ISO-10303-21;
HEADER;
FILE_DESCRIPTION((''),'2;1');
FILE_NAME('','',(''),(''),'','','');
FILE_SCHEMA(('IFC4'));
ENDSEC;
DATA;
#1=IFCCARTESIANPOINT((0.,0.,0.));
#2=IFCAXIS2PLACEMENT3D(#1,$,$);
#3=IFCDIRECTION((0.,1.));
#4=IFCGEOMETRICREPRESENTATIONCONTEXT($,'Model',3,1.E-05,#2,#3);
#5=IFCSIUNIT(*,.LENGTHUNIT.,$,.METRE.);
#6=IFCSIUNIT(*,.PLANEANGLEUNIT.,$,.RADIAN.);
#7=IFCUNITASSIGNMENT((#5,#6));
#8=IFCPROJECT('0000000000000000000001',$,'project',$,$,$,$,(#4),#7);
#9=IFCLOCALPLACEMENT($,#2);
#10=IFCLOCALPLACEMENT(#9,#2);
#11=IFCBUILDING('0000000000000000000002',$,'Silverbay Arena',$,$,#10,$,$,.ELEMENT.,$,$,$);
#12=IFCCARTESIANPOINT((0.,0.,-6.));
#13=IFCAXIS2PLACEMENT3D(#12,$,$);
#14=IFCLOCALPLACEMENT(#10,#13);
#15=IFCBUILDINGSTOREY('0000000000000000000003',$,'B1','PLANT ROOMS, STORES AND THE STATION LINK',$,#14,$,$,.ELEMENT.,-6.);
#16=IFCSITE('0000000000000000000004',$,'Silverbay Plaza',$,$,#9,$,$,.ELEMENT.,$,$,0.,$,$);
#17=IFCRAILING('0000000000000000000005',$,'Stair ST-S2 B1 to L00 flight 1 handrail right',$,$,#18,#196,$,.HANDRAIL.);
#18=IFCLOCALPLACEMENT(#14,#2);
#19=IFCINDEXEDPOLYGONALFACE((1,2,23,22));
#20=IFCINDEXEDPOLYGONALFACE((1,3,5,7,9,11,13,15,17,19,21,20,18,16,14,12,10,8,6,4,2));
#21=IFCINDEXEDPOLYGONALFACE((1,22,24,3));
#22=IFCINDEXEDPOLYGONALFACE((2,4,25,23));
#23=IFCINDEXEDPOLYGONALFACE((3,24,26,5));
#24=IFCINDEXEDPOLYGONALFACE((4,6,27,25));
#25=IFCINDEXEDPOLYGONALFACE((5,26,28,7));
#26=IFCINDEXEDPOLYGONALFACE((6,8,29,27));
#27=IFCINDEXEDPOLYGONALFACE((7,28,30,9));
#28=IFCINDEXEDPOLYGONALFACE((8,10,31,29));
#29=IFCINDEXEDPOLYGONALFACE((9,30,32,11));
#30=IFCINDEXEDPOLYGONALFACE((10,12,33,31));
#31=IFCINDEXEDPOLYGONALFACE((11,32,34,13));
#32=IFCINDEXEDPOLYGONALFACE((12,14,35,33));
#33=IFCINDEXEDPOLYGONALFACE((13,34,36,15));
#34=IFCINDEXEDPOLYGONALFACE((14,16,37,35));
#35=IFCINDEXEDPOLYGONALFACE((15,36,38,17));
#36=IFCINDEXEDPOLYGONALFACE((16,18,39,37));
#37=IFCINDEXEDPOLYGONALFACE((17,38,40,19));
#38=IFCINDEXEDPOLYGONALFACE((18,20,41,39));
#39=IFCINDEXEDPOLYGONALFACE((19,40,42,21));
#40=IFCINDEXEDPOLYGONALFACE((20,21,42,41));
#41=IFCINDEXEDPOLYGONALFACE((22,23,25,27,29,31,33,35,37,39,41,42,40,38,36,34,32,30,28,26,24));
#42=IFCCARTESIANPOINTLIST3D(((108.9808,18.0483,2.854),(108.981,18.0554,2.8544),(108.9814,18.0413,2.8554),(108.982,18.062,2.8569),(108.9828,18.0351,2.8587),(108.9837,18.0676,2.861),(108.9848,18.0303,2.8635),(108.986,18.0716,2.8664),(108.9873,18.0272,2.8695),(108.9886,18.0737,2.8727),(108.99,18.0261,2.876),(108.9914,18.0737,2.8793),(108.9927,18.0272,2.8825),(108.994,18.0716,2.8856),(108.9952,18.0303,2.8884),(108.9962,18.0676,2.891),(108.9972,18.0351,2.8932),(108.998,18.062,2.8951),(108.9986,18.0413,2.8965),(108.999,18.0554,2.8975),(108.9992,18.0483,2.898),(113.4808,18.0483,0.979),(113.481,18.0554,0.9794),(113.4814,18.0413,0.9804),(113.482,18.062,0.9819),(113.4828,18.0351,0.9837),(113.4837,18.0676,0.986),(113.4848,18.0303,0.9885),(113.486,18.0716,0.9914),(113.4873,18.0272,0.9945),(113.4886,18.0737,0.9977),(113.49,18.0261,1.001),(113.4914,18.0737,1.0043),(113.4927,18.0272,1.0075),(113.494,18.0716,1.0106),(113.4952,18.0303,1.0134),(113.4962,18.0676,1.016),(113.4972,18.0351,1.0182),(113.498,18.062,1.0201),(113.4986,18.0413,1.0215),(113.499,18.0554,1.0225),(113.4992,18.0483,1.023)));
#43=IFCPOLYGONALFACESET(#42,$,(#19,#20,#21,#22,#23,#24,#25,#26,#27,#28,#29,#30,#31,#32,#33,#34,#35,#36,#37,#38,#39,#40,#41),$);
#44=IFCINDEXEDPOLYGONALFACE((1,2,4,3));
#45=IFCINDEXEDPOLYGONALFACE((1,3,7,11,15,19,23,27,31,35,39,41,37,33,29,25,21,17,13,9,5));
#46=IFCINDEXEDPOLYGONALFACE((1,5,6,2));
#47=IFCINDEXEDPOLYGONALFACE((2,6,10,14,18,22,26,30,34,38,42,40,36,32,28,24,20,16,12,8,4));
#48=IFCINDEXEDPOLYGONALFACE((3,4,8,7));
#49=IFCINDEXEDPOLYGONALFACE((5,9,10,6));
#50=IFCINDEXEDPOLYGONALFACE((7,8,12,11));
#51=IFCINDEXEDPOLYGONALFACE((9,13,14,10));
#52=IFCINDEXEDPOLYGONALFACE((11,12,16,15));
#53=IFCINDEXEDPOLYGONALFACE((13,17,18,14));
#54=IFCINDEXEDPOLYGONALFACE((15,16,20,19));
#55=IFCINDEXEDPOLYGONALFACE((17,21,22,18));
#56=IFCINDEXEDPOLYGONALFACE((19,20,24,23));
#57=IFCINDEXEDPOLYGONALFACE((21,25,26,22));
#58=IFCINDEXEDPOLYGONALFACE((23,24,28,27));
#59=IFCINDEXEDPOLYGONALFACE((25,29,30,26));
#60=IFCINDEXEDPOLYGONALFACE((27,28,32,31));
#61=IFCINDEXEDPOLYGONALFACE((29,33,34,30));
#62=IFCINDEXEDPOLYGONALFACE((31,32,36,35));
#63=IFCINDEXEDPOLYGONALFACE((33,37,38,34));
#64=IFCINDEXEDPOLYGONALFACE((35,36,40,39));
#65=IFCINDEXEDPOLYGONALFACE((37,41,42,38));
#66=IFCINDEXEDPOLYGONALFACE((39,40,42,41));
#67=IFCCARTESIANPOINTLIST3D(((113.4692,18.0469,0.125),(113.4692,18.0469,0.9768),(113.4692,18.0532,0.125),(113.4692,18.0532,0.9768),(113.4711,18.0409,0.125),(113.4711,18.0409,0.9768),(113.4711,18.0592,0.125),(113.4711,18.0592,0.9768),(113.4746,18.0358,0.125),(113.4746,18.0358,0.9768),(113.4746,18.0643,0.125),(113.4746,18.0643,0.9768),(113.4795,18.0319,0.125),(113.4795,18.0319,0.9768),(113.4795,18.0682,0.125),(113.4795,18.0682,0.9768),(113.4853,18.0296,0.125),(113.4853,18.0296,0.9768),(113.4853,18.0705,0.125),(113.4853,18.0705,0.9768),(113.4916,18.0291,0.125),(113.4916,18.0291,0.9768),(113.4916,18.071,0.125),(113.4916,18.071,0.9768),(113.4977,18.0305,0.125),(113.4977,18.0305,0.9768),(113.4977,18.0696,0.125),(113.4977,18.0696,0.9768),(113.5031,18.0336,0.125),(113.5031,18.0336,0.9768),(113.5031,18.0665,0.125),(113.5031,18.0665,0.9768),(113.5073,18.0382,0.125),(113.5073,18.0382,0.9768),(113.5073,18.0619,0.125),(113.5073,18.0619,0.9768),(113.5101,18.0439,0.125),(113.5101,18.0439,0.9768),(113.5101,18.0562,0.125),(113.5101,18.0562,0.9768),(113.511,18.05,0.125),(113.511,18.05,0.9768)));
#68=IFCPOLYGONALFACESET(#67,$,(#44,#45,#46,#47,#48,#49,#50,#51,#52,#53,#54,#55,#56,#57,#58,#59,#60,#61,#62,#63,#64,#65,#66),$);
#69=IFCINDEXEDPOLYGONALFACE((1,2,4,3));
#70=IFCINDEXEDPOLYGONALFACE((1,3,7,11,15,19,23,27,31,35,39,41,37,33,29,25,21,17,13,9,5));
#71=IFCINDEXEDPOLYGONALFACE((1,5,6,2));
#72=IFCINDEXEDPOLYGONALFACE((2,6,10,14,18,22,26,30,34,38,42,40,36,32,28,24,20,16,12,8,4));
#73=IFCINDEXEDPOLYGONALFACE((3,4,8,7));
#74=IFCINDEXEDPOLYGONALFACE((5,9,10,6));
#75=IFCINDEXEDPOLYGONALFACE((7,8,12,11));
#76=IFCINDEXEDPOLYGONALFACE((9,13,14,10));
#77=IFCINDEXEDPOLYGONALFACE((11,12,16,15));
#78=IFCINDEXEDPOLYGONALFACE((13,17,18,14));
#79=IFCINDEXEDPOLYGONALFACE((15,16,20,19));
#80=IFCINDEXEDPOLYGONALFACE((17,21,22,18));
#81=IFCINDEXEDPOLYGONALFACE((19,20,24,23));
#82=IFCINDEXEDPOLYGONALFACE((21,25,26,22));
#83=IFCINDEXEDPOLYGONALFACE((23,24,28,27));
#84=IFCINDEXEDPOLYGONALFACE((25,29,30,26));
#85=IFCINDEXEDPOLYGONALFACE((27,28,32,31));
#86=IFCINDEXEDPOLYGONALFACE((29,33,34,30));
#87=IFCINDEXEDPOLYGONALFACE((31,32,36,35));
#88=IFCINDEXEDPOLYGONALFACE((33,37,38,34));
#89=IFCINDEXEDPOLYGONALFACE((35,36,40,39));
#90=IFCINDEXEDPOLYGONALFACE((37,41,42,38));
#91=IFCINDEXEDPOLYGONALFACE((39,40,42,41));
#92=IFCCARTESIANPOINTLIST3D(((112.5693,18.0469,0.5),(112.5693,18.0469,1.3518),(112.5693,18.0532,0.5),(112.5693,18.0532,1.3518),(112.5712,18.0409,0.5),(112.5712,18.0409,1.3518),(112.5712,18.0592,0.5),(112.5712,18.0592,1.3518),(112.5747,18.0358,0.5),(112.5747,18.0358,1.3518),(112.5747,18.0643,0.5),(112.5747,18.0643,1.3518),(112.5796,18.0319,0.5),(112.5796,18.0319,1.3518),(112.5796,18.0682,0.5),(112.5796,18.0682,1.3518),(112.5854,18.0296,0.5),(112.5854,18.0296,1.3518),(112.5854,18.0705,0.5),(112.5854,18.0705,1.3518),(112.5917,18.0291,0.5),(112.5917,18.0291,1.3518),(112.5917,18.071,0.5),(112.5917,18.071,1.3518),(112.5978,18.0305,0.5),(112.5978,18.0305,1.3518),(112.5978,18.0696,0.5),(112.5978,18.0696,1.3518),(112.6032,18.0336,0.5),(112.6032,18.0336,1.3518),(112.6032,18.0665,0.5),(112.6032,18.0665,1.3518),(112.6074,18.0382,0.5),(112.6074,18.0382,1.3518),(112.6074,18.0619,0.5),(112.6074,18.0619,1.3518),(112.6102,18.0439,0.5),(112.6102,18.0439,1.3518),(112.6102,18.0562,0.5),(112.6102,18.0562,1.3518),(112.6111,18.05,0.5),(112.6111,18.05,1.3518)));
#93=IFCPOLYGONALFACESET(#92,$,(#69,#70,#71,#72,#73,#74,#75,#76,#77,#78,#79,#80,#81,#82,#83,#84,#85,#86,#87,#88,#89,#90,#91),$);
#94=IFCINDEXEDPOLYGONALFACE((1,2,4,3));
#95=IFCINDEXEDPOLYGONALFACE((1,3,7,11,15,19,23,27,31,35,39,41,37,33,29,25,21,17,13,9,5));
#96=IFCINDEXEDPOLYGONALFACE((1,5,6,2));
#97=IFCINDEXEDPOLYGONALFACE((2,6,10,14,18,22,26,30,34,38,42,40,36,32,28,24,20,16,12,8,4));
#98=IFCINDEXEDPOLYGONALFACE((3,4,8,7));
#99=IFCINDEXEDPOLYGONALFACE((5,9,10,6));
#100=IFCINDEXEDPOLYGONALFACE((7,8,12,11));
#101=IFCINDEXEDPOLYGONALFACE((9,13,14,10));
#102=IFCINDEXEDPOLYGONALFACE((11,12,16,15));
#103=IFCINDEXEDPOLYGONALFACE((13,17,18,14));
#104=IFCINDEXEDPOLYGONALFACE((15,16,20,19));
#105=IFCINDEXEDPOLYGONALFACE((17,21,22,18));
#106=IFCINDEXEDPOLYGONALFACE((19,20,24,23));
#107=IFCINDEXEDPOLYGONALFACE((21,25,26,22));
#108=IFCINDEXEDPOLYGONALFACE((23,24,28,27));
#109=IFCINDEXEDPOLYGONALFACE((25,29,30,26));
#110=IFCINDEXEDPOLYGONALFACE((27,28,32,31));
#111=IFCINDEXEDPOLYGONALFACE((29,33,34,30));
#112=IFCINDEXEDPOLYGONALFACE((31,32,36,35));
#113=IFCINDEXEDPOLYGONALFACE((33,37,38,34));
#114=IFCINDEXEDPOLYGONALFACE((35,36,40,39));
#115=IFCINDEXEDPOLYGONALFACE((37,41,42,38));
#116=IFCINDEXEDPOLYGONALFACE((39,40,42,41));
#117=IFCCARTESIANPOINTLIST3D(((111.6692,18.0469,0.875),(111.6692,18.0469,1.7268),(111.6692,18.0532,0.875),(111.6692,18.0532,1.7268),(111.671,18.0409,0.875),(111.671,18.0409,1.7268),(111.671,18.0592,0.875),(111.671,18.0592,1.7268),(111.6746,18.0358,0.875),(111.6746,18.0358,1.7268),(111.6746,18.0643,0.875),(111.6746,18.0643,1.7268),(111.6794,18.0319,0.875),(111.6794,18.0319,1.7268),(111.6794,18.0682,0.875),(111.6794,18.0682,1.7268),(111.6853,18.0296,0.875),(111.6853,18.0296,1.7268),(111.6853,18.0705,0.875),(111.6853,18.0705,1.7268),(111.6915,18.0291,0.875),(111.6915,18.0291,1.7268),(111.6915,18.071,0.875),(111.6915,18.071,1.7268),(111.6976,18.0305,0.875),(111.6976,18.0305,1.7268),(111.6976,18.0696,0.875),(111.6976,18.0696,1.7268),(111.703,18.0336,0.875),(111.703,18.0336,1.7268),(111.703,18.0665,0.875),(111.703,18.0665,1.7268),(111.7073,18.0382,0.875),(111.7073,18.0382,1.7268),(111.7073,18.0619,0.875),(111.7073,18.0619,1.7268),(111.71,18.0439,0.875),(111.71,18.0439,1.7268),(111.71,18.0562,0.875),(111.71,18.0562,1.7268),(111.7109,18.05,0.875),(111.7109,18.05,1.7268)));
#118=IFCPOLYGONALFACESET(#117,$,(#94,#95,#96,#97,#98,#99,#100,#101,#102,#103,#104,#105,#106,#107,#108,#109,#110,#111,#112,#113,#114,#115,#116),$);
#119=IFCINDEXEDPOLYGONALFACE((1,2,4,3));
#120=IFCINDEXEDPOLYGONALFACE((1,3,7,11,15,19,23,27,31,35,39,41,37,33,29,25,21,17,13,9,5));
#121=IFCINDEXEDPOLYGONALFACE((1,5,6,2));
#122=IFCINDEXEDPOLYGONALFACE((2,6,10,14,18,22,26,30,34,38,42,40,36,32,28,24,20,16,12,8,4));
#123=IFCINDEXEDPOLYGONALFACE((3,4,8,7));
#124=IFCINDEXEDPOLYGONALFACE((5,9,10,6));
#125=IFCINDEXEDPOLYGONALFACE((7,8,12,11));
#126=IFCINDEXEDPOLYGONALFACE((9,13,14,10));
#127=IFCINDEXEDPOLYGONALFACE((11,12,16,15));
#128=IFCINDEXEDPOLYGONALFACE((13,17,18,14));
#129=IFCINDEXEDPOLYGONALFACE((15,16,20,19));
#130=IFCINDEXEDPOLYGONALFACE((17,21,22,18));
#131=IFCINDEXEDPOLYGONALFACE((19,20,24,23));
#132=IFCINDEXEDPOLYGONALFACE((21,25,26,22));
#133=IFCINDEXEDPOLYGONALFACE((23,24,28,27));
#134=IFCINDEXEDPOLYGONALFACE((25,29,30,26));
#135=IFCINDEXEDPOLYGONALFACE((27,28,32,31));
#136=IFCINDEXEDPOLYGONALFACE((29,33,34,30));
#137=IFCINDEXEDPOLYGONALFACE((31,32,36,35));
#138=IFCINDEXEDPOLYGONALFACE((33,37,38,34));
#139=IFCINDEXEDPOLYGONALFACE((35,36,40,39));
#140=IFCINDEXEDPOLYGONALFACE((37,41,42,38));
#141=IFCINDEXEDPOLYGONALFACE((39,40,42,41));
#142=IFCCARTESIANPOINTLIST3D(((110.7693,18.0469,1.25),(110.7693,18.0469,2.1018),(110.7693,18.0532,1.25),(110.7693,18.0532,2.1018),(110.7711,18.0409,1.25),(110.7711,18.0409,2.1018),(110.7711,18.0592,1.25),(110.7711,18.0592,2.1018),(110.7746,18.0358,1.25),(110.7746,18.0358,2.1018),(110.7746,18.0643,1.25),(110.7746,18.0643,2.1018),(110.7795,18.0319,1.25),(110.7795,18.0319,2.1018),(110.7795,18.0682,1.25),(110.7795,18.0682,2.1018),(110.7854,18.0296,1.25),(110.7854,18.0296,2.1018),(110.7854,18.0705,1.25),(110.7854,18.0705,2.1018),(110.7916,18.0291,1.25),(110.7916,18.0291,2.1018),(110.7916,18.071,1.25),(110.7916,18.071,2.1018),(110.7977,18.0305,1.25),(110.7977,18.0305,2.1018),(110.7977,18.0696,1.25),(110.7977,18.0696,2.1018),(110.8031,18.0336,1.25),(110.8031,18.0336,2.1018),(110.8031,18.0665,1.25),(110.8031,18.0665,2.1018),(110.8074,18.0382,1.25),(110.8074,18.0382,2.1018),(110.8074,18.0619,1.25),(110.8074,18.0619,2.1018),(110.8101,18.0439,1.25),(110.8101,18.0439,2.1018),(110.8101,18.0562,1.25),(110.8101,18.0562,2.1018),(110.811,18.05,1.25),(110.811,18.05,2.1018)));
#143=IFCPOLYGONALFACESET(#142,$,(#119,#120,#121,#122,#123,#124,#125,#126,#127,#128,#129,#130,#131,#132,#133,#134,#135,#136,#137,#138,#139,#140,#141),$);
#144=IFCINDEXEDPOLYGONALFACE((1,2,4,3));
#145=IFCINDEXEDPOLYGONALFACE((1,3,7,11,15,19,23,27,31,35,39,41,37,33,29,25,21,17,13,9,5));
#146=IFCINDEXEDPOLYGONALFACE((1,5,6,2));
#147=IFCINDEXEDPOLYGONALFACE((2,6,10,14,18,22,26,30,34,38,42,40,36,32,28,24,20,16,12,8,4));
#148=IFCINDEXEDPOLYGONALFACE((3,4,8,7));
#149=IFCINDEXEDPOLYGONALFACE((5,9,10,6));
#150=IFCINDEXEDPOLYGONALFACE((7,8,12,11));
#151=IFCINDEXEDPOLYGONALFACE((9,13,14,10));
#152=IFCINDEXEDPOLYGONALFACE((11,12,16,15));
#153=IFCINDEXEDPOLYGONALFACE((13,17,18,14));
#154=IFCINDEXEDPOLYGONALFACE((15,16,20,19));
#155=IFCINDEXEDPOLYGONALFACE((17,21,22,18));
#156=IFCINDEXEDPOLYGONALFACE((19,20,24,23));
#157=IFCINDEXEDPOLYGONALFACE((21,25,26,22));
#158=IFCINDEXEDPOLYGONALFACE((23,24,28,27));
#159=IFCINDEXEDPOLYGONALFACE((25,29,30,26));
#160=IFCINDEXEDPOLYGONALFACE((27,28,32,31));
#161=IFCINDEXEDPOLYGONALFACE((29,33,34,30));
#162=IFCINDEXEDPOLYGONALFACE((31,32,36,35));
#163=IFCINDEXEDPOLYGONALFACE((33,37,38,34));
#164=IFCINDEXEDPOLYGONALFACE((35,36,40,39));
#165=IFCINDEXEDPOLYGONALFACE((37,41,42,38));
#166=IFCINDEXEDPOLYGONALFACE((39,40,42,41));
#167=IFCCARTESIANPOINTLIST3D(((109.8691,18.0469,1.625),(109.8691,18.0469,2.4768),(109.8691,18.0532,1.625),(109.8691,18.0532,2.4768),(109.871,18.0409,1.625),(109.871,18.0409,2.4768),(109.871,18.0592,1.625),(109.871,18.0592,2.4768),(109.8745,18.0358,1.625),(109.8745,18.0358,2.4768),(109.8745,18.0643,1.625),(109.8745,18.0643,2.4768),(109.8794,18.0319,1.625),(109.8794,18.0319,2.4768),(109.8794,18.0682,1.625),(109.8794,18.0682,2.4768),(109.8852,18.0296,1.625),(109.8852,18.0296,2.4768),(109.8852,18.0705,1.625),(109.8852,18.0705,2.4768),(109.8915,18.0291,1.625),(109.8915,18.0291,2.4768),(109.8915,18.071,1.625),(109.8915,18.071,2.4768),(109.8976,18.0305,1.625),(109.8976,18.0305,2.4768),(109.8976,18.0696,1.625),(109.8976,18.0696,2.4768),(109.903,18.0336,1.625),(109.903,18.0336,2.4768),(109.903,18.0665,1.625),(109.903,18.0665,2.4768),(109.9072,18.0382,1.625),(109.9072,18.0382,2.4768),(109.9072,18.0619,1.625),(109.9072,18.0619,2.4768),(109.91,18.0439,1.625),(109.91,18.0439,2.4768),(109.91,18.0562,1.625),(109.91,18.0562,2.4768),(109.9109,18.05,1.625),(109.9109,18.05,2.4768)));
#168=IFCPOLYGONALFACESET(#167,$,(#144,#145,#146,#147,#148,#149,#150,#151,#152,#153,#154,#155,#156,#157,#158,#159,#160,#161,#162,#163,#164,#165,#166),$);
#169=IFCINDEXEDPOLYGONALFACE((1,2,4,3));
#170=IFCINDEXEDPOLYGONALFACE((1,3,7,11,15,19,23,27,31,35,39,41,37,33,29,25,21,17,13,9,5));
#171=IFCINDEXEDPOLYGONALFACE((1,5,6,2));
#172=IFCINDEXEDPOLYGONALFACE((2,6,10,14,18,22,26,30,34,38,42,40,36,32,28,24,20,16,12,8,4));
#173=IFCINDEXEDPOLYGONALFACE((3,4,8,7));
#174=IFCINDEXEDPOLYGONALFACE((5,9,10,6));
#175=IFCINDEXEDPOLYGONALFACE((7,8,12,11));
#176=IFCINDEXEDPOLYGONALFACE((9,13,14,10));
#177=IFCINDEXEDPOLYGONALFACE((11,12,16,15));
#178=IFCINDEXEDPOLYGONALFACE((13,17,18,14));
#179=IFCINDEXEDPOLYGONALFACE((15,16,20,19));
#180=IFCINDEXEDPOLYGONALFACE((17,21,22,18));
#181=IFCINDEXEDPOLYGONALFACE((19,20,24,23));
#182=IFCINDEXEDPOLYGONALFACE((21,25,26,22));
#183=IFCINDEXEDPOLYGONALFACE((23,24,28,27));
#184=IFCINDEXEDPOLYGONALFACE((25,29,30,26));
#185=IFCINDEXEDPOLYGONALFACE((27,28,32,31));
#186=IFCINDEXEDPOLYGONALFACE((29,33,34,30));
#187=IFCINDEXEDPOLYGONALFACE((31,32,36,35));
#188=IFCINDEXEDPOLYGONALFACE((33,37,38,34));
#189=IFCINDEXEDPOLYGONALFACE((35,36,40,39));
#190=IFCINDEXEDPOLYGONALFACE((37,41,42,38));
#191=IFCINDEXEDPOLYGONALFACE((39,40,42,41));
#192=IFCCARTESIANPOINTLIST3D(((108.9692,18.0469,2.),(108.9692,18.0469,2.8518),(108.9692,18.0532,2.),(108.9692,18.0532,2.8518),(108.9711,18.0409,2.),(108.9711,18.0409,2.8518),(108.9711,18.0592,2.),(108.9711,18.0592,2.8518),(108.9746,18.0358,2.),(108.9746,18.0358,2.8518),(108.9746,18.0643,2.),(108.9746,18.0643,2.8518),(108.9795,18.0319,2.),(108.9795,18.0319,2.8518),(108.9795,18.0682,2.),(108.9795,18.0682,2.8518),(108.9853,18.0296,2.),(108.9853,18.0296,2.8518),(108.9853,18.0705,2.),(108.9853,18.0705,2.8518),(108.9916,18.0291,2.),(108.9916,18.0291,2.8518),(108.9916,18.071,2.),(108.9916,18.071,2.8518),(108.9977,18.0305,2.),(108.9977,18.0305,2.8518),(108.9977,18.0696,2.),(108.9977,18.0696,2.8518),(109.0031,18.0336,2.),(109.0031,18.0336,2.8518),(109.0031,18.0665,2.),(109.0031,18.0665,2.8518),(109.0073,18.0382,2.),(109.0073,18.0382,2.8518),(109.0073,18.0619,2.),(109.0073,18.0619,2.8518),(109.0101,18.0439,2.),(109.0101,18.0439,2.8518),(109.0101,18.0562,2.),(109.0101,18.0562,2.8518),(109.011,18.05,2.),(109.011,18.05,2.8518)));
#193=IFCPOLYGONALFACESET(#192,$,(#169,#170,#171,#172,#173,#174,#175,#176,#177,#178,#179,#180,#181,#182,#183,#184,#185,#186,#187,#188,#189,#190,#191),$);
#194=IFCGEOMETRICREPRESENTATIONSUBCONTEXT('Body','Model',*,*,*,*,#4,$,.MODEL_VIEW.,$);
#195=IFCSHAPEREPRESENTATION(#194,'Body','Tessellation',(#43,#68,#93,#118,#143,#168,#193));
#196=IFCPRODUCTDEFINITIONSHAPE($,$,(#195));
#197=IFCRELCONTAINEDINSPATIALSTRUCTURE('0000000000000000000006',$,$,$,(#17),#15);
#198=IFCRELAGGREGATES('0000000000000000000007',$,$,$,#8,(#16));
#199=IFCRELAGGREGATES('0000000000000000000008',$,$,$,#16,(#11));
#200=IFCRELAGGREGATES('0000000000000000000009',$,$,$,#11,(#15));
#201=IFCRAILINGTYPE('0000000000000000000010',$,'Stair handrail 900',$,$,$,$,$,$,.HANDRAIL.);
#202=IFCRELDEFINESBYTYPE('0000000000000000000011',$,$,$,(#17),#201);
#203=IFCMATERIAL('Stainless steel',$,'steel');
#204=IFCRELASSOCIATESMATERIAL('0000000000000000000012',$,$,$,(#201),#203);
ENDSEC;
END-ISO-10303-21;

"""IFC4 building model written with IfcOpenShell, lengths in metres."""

from ifc_helpers import new_model, si_unit, direction, frame, origin, origin_2d, place, context, subcontext, project, spatial, circle, extrude, material, type_object, element, save


model = new_model("IFC4")

# Units and contexts
model_context = context("Model", 3, precision=1e-05, world=origin(), true_north=direction((0.0, 1.0)))
body_context = subcontext(model_context, "Body", "Model", "MODEL_VIEW")
ifc_project = project(units=[si_unit("LENGTHUNIT", "METRE"), si_unit("PLANEANGLEUNIT", "RADIAN")], contexts=[model_context])

# Site, building, storey
site_placement = place(None, origin())
site = spatial("IfcSite", under=ifc_project, at=site_placement, Name="Silverbay Plaza", CompositionType="ELEMENT", RefElevation=0.0)
building_placement = place(site_placement, origin())
building = spatial("IfcBuilding", under=site, at=building_placement, Name="Silverbay Arena", CompositionType="ELEMENT")
storey_placement = place(building_placement, frame((0.0, 0.0, -6.0)))
storey = spatial("IfcBuildingStorey", under=building, at=storey_placement, Name="B1", Description="PLANT ROOMS, STORES AND THE STATION LINK", CompositionType="ELEMENT", Elevation=-6.0)

# Railing
ifc_material_1 = material(Name="Stainless steel", Category="steel")
railing_type_1 = type_object("IfcRailingType", Name="Stair handrail 900", PredefinedType="HANDRAIL", material=ifc_material_1)
for number, where, name in (
    (1, (113.49, 18.05, 0.125), "Stair ST-S2 B1 to L00 flight 1 handrail right"),
):
    element("IfcRailing", number, at=place(storey_placement, frame(where)), inside=storey, type_object=railing_type_1, Name=name, PredefinedType="HANDRAIL", context=body_context, shape_type="SweptSolid", body=[
        extrude(circle(Radius=0.0239, at=origin_2d()), frame((0.0, 0.0, 0.876), z_axis=(-0.923077, 0.0, 0.384615), x_axis=(0.0, -1.0, 0.0)), (0.0, 0.0, 1.0), 4.875),
        extrude(circle(Radius=0.021, at=origin_2d()), origin(), (0.0, 0.0, 1.0), 0.8518),
        extrude(circle(Radius=0.021, at=origin_2d()), frame((-0.8999, 0.0, 0.375)), (0.0, 0.0, 1.0), 0.8518),
        extrude(circle(Radius=0.021, at=origin_2d()), frame((-1.8, 0.0, 0.75)), (0.0, 0.0, 1.0), 0.8518),
        extrude(circle(Radius=0.021, at=origin_2d()), frame((-2.7, 0.0, 1.125)), (0.0, 0.0, 1.0), 0.8518),
        extrude(circle(Radius=0.021, at=origin_2d()), frame((-3.6001, 0.0, 1.5)), (0.0, 0.0, 1.0), 0.8518),
        extrude(circle(Radius=0.021, at=origin_2d()), frame((-4.5, 0.0, 1.875)), (0.0, 0.0, 1.0), 0.8518),
    ])

save(model, "model.ifc")
